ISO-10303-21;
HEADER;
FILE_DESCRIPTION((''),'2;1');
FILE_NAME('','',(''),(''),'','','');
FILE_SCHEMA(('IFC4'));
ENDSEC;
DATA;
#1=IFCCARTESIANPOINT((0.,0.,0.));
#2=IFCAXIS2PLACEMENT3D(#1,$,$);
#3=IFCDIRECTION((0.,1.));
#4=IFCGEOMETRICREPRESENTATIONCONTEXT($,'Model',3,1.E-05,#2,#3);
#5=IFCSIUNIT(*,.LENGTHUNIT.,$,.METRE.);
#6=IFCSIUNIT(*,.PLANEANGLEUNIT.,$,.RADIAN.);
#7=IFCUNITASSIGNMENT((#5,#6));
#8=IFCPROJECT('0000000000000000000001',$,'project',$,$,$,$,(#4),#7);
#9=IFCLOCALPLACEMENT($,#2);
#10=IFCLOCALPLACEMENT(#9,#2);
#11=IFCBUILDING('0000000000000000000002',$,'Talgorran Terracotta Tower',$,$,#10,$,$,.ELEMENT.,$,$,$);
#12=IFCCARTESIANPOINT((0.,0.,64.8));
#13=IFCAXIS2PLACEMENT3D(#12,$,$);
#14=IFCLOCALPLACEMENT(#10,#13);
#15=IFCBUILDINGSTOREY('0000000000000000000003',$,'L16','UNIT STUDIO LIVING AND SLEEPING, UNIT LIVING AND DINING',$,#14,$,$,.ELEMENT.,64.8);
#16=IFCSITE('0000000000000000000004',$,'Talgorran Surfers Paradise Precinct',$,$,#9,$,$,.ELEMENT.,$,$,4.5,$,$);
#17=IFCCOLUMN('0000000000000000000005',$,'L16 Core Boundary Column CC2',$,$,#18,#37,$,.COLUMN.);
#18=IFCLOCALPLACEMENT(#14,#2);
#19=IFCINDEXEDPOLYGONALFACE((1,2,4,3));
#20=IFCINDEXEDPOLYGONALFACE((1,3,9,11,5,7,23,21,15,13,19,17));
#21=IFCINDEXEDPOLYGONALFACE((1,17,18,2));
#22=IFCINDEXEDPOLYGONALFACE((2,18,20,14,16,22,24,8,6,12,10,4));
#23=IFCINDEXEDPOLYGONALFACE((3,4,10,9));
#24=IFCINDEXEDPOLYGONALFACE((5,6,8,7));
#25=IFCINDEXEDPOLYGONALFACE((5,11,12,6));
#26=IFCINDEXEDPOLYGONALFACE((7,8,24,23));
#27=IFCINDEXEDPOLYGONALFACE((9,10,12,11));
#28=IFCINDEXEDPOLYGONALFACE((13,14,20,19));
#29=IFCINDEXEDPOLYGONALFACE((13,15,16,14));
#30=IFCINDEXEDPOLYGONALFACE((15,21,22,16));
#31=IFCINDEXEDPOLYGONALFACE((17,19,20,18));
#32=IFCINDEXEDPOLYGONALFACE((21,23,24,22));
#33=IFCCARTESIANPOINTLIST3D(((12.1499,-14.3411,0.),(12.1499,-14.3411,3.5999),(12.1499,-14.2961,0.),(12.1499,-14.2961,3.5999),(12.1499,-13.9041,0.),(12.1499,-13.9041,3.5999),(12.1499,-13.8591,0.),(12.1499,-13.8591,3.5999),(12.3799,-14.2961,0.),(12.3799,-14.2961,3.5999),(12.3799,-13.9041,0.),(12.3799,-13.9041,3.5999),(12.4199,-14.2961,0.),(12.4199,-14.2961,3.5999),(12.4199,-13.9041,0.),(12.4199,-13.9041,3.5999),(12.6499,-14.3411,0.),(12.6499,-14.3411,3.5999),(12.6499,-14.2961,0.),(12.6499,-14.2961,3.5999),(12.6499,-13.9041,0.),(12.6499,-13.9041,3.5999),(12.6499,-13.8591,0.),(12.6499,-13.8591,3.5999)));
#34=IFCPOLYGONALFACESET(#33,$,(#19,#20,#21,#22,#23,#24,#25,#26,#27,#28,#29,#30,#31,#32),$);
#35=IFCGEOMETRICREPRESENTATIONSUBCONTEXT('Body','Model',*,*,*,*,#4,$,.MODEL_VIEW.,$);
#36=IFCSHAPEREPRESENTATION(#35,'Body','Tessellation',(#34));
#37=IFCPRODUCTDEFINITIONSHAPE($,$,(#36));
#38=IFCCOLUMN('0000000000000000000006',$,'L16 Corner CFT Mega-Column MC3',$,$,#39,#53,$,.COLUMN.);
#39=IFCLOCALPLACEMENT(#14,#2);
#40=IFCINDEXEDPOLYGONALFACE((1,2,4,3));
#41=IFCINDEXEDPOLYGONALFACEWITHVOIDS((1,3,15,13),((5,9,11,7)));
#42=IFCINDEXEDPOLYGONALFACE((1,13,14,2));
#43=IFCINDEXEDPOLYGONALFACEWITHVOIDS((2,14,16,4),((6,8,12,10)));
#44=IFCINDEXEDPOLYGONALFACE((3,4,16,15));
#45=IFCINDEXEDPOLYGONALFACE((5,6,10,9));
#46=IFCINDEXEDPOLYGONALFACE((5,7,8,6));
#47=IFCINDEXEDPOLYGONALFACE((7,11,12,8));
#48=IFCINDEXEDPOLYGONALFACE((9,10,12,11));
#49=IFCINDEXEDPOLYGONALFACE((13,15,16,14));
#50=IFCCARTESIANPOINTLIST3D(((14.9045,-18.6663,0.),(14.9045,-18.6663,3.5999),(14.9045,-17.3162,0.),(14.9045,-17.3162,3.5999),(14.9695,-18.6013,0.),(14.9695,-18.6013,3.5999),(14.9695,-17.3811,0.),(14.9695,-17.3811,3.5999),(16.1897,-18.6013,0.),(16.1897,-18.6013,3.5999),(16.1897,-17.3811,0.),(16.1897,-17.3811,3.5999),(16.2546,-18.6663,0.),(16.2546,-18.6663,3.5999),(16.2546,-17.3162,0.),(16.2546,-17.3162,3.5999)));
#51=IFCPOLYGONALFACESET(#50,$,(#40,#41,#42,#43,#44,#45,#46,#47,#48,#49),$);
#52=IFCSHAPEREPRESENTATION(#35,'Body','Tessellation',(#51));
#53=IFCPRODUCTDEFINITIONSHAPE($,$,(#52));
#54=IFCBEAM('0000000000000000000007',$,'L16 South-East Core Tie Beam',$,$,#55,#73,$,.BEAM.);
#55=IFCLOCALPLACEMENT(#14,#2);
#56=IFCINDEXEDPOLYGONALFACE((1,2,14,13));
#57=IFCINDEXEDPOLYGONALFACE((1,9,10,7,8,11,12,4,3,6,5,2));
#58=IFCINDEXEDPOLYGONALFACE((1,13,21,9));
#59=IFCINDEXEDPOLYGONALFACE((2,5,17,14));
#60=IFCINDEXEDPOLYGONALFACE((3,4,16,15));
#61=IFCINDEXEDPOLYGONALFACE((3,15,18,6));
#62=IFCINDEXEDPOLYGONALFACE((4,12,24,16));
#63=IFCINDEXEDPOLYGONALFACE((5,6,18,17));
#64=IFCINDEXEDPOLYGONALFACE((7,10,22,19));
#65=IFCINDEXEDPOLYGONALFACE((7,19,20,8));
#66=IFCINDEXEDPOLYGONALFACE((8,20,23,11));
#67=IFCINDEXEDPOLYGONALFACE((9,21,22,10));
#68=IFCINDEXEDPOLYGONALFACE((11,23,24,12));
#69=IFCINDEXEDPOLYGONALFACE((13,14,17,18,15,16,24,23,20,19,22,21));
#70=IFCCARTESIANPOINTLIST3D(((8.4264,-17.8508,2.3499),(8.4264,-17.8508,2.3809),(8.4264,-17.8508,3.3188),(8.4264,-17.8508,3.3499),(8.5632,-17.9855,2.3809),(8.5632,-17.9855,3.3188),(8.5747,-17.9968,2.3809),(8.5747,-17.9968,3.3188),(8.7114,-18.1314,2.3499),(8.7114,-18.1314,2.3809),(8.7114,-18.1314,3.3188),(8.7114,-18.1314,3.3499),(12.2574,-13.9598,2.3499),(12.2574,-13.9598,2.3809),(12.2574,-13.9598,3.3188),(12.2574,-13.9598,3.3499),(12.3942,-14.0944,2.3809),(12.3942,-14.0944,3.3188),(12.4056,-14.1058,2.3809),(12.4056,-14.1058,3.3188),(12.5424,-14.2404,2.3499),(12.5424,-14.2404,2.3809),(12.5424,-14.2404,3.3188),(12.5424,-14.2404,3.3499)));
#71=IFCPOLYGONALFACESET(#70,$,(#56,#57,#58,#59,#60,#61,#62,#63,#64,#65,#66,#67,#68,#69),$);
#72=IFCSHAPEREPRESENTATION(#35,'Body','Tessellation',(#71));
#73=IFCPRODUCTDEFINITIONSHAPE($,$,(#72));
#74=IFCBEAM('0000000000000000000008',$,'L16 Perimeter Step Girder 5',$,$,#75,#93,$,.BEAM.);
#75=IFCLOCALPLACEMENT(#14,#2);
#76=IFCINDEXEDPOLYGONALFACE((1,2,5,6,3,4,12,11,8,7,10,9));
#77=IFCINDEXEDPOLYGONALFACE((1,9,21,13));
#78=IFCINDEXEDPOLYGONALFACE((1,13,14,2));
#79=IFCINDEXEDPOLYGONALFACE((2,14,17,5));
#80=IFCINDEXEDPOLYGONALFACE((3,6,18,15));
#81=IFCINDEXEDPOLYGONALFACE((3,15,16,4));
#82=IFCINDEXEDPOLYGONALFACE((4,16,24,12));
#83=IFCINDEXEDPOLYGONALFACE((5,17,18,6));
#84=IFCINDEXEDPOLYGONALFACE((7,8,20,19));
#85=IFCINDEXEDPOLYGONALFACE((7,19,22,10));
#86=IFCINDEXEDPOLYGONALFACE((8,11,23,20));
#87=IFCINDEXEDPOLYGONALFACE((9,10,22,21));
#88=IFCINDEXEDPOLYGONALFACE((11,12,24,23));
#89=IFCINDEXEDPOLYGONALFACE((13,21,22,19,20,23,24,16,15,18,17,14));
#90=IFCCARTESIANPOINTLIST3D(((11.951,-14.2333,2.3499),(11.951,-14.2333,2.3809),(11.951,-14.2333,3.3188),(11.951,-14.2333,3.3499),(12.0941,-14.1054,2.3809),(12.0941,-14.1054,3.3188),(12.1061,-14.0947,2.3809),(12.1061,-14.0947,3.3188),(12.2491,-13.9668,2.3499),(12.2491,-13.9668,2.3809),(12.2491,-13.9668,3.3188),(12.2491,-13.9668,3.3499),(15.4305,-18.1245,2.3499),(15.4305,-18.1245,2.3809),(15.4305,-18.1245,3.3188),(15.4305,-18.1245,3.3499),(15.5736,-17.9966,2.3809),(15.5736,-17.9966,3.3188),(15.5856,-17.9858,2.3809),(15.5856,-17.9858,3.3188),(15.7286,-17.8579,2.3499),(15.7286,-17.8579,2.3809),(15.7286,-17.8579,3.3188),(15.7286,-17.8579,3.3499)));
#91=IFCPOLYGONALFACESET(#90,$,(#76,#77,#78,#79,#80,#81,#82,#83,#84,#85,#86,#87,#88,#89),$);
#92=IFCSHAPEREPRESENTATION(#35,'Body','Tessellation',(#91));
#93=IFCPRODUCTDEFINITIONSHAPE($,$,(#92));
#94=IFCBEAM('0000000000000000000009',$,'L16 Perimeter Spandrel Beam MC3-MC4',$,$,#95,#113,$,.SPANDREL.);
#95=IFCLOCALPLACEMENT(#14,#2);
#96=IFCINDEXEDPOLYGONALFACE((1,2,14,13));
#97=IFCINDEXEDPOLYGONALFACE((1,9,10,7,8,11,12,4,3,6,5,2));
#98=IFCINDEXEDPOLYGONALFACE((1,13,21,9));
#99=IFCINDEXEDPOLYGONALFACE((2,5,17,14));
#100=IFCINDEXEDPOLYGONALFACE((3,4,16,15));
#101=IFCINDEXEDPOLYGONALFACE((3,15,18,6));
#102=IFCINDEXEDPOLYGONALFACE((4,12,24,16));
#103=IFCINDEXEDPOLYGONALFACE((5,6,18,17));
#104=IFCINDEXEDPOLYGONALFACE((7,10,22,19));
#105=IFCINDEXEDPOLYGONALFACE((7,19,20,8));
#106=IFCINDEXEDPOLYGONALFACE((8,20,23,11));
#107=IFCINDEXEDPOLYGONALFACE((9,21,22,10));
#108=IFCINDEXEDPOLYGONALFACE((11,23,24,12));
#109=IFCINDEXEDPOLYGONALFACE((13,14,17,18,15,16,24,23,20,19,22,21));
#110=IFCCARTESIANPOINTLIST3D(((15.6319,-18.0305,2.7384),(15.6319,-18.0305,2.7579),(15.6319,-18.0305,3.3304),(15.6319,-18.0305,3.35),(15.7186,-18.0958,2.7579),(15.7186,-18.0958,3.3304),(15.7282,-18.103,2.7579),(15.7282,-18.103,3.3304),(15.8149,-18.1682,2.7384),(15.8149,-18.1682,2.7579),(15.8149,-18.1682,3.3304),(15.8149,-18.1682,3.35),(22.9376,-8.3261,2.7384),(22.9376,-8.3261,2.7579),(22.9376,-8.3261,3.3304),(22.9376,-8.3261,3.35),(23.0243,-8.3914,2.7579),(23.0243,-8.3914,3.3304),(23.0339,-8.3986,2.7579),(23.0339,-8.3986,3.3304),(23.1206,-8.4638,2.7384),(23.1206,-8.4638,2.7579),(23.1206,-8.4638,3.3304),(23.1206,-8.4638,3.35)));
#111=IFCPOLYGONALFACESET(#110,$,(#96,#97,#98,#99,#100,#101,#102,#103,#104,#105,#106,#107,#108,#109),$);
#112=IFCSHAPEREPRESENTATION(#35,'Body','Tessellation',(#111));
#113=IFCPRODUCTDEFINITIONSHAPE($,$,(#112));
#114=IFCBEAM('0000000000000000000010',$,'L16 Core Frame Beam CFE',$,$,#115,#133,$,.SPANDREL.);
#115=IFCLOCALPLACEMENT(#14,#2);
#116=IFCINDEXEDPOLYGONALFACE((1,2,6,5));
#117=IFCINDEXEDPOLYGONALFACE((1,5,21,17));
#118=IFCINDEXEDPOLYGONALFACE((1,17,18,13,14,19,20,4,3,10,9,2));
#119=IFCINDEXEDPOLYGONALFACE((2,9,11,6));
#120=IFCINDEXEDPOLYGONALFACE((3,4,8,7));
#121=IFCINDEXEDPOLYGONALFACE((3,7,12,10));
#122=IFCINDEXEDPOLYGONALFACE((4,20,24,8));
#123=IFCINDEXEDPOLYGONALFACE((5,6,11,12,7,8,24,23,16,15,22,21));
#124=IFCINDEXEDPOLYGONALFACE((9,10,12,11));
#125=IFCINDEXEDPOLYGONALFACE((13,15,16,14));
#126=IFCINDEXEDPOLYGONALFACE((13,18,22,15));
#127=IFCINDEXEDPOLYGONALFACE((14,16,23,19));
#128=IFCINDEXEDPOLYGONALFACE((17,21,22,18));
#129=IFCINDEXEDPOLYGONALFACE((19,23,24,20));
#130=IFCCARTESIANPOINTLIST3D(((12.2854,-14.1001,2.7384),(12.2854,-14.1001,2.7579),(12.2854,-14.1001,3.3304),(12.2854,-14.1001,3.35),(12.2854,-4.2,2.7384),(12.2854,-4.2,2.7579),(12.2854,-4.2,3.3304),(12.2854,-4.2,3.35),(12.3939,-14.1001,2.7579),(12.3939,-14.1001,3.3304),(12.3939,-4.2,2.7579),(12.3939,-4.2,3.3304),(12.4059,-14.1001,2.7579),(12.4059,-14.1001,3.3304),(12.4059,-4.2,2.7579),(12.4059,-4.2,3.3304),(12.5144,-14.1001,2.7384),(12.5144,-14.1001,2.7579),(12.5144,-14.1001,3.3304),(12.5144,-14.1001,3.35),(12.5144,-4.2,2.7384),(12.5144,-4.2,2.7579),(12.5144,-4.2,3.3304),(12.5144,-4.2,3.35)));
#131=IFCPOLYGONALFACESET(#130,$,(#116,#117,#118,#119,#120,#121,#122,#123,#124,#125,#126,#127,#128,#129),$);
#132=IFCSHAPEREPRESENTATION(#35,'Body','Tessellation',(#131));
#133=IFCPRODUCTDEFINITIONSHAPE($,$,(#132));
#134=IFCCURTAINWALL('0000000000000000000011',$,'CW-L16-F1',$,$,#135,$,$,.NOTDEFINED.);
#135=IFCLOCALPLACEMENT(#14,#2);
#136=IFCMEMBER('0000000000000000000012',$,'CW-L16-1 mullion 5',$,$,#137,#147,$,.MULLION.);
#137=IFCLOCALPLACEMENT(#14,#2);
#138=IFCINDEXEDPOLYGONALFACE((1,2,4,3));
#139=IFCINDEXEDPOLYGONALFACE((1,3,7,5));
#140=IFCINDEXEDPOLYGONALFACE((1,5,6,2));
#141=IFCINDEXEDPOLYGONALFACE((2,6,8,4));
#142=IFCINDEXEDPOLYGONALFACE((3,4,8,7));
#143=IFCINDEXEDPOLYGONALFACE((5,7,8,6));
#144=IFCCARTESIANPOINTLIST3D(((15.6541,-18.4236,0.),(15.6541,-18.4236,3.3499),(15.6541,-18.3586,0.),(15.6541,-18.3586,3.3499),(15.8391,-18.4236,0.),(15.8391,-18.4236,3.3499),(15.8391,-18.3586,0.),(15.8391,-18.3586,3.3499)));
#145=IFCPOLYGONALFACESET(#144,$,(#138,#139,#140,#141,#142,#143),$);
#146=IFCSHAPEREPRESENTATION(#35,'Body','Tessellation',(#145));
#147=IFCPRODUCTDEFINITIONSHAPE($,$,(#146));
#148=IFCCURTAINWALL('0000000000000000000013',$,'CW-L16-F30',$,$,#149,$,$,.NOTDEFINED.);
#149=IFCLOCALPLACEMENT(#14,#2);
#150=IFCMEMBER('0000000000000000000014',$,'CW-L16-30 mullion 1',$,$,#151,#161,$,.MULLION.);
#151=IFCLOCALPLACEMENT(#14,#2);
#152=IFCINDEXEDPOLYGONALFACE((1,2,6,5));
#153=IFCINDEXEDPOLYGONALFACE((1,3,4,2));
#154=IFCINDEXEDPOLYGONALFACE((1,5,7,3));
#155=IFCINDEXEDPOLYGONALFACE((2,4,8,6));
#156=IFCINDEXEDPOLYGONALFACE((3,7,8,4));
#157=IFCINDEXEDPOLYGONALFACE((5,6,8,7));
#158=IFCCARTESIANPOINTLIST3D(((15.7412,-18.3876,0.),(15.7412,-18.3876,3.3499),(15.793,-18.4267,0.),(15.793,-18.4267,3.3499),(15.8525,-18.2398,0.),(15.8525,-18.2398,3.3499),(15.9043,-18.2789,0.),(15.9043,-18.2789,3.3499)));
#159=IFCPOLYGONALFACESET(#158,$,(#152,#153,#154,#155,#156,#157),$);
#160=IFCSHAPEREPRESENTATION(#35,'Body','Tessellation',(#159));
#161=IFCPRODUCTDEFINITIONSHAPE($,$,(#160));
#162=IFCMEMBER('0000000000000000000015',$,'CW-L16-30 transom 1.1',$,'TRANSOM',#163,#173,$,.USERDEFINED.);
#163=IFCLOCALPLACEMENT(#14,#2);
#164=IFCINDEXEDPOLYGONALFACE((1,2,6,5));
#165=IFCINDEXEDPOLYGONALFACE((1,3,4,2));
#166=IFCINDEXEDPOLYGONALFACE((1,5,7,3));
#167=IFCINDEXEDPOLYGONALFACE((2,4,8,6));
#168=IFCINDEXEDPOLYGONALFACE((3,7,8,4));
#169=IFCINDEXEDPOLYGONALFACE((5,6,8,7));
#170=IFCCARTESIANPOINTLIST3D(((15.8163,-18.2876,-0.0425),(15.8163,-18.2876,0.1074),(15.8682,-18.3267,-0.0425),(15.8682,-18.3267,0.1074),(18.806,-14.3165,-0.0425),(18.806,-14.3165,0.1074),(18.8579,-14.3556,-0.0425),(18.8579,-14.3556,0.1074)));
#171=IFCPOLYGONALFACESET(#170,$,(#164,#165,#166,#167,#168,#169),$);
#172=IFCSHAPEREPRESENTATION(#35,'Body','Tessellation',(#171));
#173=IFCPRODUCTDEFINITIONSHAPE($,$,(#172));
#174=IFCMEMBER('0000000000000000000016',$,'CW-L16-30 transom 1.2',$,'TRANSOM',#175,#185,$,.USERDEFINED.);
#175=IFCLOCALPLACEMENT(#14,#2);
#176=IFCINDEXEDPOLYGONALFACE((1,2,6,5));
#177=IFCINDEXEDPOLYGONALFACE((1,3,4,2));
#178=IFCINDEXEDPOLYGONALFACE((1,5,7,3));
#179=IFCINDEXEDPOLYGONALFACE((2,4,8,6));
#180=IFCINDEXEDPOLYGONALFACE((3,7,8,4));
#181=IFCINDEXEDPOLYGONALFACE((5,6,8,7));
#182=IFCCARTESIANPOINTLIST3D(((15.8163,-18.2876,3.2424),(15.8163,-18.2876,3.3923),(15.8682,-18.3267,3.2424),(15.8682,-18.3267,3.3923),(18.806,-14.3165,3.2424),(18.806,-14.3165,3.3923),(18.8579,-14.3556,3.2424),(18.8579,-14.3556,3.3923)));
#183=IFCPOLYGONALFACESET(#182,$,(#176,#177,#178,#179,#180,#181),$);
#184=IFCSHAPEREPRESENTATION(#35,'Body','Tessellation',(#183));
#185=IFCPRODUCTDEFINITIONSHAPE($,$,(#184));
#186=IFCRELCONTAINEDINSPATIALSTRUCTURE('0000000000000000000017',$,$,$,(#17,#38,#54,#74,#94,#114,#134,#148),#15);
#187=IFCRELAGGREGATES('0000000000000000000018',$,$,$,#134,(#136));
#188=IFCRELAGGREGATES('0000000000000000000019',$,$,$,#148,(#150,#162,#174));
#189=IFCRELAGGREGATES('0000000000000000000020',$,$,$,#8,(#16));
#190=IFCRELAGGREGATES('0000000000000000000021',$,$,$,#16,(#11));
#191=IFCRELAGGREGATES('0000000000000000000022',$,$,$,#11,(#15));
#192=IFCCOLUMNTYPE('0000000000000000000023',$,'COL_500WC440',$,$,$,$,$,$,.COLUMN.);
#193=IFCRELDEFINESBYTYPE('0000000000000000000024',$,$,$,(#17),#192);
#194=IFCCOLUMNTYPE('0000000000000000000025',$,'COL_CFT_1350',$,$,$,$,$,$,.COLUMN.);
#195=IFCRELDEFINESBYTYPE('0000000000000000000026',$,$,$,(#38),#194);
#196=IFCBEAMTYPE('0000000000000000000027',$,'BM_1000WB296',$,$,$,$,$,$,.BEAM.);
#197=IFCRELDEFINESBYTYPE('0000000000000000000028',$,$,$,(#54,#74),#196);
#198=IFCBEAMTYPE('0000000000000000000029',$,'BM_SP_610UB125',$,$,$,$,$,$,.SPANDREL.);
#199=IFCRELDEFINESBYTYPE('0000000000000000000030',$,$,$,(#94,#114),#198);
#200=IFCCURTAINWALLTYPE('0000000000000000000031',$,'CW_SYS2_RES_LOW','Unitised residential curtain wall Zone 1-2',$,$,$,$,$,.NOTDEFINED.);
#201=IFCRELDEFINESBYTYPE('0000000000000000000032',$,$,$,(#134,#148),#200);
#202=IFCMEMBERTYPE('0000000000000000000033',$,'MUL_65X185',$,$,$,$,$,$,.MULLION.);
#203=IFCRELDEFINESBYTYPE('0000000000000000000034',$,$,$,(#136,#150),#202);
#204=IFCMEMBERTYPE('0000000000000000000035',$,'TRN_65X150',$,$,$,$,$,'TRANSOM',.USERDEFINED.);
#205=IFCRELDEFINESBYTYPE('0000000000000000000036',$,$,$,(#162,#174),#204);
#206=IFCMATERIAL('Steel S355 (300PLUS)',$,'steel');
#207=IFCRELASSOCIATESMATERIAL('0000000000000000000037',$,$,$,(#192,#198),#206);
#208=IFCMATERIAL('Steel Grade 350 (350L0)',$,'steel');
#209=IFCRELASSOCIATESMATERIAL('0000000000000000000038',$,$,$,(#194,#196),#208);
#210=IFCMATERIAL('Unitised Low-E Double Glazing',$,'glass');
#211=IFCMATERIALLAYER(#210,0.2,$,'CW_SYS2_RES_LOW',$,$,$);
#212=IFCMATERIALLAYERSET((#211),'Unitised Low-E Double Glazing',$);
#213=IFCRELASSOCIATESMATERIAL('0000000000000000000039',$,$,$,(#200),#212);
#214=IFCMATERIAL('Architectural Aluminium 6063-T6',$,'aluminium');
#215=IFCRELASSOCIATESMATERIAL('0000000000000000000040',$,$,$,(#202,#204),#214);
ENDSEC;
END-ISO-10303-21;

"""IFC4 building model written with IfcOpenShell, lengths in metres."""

from ifc_helpers import new_model, si_unit, direction, frame, origin, origin_2d, place, context, subcontext, project, spatial, rectangle, hollow_rectangle, i_section, extrude, material, layer, layer_set, material_profile, profile_set, type_object, element, aggregate, save


model = new_model("IFC4")

# Units and contexts
model_context = context("Model", 3, precision=1e-05, world=origin(), true_north=direction((0.0, 1.0)))
body_context = subcontext(model_context, "Body", "Model", "MODEL_VIEW")
ifc_project = project(units=[si_unit("LENGTHUNIT", "METRE"), si_unit("PLANEANGLEUNIT", "RADIAN")], contexts=[model_context])

# Site, building, storey
site_placement = place(None, origin())
site = spatial("IfcSite", under=ifc_project, at=site_placement, Name="Talgorran Surfers Paradise Precinct", CompositionType="ELEMENT", RefElevation=4.5)
building_placement = place(site_placement, origin())
building = spatial("IfcBuilding", under=site, at=building_placement, Name="Talgorran Terracotta Tower", CompositionType="ELEMENT")
storey_placement = place(building_placement, frame((0.0, 0.0, 64.8)))
storey = spatial("IfcBuildingStorey", under=building, at=storey_placement, Name="L16", Description="UNIT STUDIO LIVING AND SLEEPING, UNIT LIVING AND DINING", CompositionType="ELEMENT", Elevation=64.8)

# Columns
ifc_material_1 = material(Name="Steel S355 (300PLUS)", Category="steel")
ifc_material_profile_1 = material_profile(ifc_material_1, i_section(OverallWidth=0.5, OverallDepth=0.4819, WebThickness=0.04, FlangeThickness=0.0449, at=origin_2d()), Name="500WC440")
ifc_profile_set_1 = profile_set([ifc_material_profile_1], Name="Steel S355 (300PLUS)")
column_type_1 = type_object("IfcColumnType", Name="COL_500WC440", PredefinedType="COLUMN", material=ifc_profile_set_1)
column_1_placement = place(storey_placement, frame((12.3999, -14.1001, 0.0), z_axis=(0.0, 0.0, 1.0), x_axis=(1.0, 0.0, 0.0)))
element("IfcColumn", 1, at=column_1_placement, inside=storey, type_object=column_type_1, Name="L16 Core Boundary Column CC2", PredefinedType="COLUMN", context=body_context, shape_type="SweptSolid", body=[
    extrude(i_section(OverallWidth=0.5, OverallDepth=0.4819, WebThickness=0.04, FlangeThickness=0.0449, at=origin_2d()), origin(), (0.0, 0.0, 1.0), 3.5999),
])
ifc_material_2 = material(Name="Steel Grade 350 (350L0)", Category="steel")
ifc_material_profile_2 = material_profile(ifc_material_2, hollow_rectangle(XDim=1.3501, YDim=1.3501, WallThickness=0.0649, at=origin_2d()), Name="CFT1350X1350X65")
ifc_profile_set_2 = profile_set([ifc_material_profile_2], Name="Steel Grade 350 (350L0)")
column_type_2 = type_object("IfcColumnType", Name="COL_CFT_1350", PredefinedType="COLUMN", material=ifc_profile_set_2)
column_2_placement = place(storey_placement, frame((15.5796, -17.9912, 0.0), z_axis=(0.0, 0.0, 1.0), x_axis=(1.0, 0.0, 0.0)))
element("IfcColumn", 2, at=column_2_placement, inside=storey, type_object=column_type_2, Name="L16 Corner CFT Mega-Column MC3", PredefinedType="COLUMN", context=body_context, shape_type="SweptSolid", body=[
    extrude(hollow_rectangle(XDim=1.3501, YDim=1.3501, WallThickness=0.0649, at=origin_2d()), origin(), (0.0, 0.0, 1.0), 3.5999),
])

# Beams
ifc_material_profile_3 = material_profile(ifc_material_2, i_section(OverallWidth=0.3999, OverallDepth=1.0, WebThickness=0.0161, FlangeThickness=0.031, at=origin_2d()), Name="1000WB296")
ifc_profile_set_3 = profile_set([ifc_material_profile_3], Name="Steel Grade 350 (350L0)")
beam_type_1 = type_object("IfcBeamType", Name="BM_1000WB296", PredefinedType="BEAM", material=ifc_profile_set_3)
beam_1_placement = place(storey_placement, frame((12.3999, -14.1001, 2.8499), z_axis=(-0.701586, -0.712585, 0.0), x_axis=(0.712585, -0.701586, 0.0)))
element("IfcBeam", 3, at=beam_1_placement, inside=storey, type_object=beam_type_1, Name="L16 South-East Core Tie Beam", PredefinedType="BEAM", context=body_context, shape_type="SweptSolid", body=[
    extrude(i_section(OverallWidth=0.3999, OverallDepth=1.0, WebThickness=0.0161, FlangeThickness=0.031, at=origin_2d()), origin(), (0.0, 0.0, 1.0), 5.4604),
])
beam_2_placement = place(storey_placement, frame((15.5796, -17.9912, 2.8499), z_axis=(-0.666579, 0.745435, 0.0), x_axis=(-0.745435, -0.666579, 0.0)))
element("IfcBeam", 4, at=beam_2_placement, inside=storey, type_object=beam_type_1, Name="L16 Perimeter Step Girder 5", PredefinedType="BEAM", context=body_context, shape_type="SweptSolid", body=[
    extrude(i_section(OverallWidth=0.3999, OverallDepth=1.0, WebThickness=0.0161, FlangeThickness=0.031, at=origin_2d()), origin(), (0.0, 0.0, 1.0), 5.22),
])
ifc_material_profile_4 = material_profile(ifc_material_1, i_section(OverallWidth=0.229, OverallDepth=0.6116, WebThickness=0.012, FlangeThickness=0.0195, at=origin_2d()), Name="610UB125")
ifc_profile_set_4 = profile_set([ifc_material_profile_4], Name="Steel S355 (300PLUS)")
beam_type_2 = type_object("IfcBeamType", Name="BM_SP_610UB125", PredefinedType="SPANDREL", material=ifc_profile_set_4)
beam_3_placement = place(storey_placement, frame((15.7234, -18.0994, 3.0442), z_axis=(0.601443, 0.798916, 0.0), x_axis=(-0.798916, 0.601443, 0.0)))
element("IfcBeam", 5, at=beam_3_placement, inside=storey, type_object=beam_type_2, Name="L16 Perimeter Spandrel Beam MC3-MC4", PredefinedType="SPANDREL", context=body_context, shape_type="SweptSolid", body=[
    extrude(i_section(OverallWidth=0.229, OverallDepth=0.6116, WebThickness=0.012, FlangeThickness=0.0195, at=origin_2d()), origin(), (0.0, 0.0, 1.0), 12.147),
])
beam_4_placement = place(storey_placement, frame((12.3999, -14.1001, 3.0442), z_axis=(0.0, 1.0, 0.0), x_axis=(-1.0, 0.0, 0.0)))
element("IfcBeam", 6, at=beam_4_placement, inside=storey, type_object=beam_type_2, Name="L16 Core Frame Beam CFE", PredefinedType="SPANDREL", context=body_context, shape_type="SweptSolid", body=[
    extrude(i_section(OverallWidth=0.229, OverallDepth=0.6116, WebThickness=0.012, FlangeThickness=0.0195, at=origin_2d()), origin(), (0.0, 0.0, 1.0), 9.9001),
])

# Curtain wall, member
ifc_material_3 = material(Name="Unitised Low-E Double Glazing", Category="glass")
ifc_layer_1 = layer(ifc_material_3, 0.2, Name="CW_SYS2_RES_LOW")
ifc_layer_set_1 = layer_set([ifc_layer_1], Name="Unitised Low-E Double Glazing")
curtain_wall_type = type_object("IfcCurtainWallType", Name="CW_SYS2_RES_LOW", Description="Unitised residential curtain wall Zone 1-2", PredefinedType="NOTDEFINED", material=ifc_layer_set_1)
curtain_wall_1_placement = place(storey_placement, origin())
curtain_wall_1 = element("IfcCurtainWall", 7, at=curtain_wall_1_placement, inside=storey, type_object=curtain_wall_type, Name="CW-L16-F1", PredefinedType="NOTDEFINED")
ifc_material_4 = material(Name="Architectural Aluminium 6063-T6", Category="aluminium")
ifc_material_profile_5 = material_profile(ifc_material_4, rectangle(XDim=0.0649, YDim=0.1851, at=origin_2d()), Name="CWM65X185")
ifc_profile_set_5 = profile_set([ifc_material_profile_5], Name="Architectural Aluminium 6063-T6")
member_type_1 = type_object("IfcMemberType", Name="MUL_65X185", PredefinedType="MULLION", material=ifc_profile_set_5)
member_1_placement = place(storey_placement, frame((15.7466, -18.3911, 0.0), z_axis=(0.0, 0.0, 1.0), x_axis=(0.0, 1.0, 0.0)))
member_1 = element("IfcMember", 8, at=member_1_placement, type_object=member_type_1, Name="CW-L16-1 mullion 5", PredefinedType="MULLION", context=body_context, shape_type="SweptSolid", body=[
    extrude(rectangle(XDim=0.0649, YDim=0.1851, at=origin_2d()), origin(), (0.0, 0.0, 1.0), 3.3499),
])
aggregate(curtain_wall_1, [member_1])

# Curtain wall, members
curtain_wall_2_placement = place(storey_placement, origin())
curtain_wall_2 = element("IfcCurtainWall", 9, at=curtain_wall_2_placement, inside=storey, type_object=curtain_wall_type, Name="CW-L16-F30", PredefinedType="NOTDEFINED")
member_2_placement = place(storey_placement, frame((15.8228, -18.3333, 0.0), z_axis=(0.0, 0.0, 1.0), x_axis=(-0.798917, 0.601442, 0.0)))
member_2 = element("IfcMember", 10, at=member_2_placement, type_object=member_type_1, Name="CW-L16-30 mullion 1", PredefinedType="MULLION", context=body_context, shape_type="SweptSolid", body=[
    extrude(rectangle(XDim=0.0649, YDim=0.1851, at=origin_2d()), origin(), (0.0, 0.0, 1.0), 3.3499),
])
ifc_material_profile_6 = material_profile(ifc_material_4, rectangle(XDim=0.0649, YDim=0.1499, at=origin_2d()), Name="CWT65X150")
ifc_profile_set_6 = profile_set([ifc_material_profile_6], Name="Architectural Aluminium 6063-T6")
member_type_2 = type_object("IfcMemberType", Name="TRN_65X150", ElementType="TRANSOM", PredefinedType="USERDEFINED", material=ifc_profile_set_6)
member_3_placement = place(storey_placement, frame((15.8423, -18.3071, 0.0325), z_axis=(0.601461, 0.798902, 0.0), x_axis=(-0.798902, 0.601461, 0.0)))
member_3 = element("IfcMember", 11, at=member_3_placement, type_object=member_type_2, Name="CW-L16-30 transom 1.1", ObjectType="TRANSOM", PredefinedType="USERDEFINED", context=body_context, shape_type="SweptSolid", body=[
    extrude(rectangle(XDim=0.0649, YDim=0.1499, at=origin_2d()), origin(), (0.0, 0.0, 1.0), 4.9707),
])
member_4_placement = place(storey_placement, frame((15.8423, -18.3071, 3.3174), z_axis=(0.601461, 0.798902, 0.0), x_axis=(-0.798902, 0.601461, 0.0)))
member_4 = element("IfcMember", 12, at=member_4_placement, type_object=member_type_2, Name="CW-L16-30 transom 1.2", ObjectType="TRANSOM", PredefinedType="USERDEFINED", context=body_context, shape_type="SweptSolid", body=[
    extrude(rectangle(XDim=0.0649, YDim=0.1499, at=origin_2d()), origin(), (0.0, 0.0, 1.0), 4.9707),
])
aggregate(curtain_wall_2, [member_2, member_3, member_4])

save(model, "model.ifc")
